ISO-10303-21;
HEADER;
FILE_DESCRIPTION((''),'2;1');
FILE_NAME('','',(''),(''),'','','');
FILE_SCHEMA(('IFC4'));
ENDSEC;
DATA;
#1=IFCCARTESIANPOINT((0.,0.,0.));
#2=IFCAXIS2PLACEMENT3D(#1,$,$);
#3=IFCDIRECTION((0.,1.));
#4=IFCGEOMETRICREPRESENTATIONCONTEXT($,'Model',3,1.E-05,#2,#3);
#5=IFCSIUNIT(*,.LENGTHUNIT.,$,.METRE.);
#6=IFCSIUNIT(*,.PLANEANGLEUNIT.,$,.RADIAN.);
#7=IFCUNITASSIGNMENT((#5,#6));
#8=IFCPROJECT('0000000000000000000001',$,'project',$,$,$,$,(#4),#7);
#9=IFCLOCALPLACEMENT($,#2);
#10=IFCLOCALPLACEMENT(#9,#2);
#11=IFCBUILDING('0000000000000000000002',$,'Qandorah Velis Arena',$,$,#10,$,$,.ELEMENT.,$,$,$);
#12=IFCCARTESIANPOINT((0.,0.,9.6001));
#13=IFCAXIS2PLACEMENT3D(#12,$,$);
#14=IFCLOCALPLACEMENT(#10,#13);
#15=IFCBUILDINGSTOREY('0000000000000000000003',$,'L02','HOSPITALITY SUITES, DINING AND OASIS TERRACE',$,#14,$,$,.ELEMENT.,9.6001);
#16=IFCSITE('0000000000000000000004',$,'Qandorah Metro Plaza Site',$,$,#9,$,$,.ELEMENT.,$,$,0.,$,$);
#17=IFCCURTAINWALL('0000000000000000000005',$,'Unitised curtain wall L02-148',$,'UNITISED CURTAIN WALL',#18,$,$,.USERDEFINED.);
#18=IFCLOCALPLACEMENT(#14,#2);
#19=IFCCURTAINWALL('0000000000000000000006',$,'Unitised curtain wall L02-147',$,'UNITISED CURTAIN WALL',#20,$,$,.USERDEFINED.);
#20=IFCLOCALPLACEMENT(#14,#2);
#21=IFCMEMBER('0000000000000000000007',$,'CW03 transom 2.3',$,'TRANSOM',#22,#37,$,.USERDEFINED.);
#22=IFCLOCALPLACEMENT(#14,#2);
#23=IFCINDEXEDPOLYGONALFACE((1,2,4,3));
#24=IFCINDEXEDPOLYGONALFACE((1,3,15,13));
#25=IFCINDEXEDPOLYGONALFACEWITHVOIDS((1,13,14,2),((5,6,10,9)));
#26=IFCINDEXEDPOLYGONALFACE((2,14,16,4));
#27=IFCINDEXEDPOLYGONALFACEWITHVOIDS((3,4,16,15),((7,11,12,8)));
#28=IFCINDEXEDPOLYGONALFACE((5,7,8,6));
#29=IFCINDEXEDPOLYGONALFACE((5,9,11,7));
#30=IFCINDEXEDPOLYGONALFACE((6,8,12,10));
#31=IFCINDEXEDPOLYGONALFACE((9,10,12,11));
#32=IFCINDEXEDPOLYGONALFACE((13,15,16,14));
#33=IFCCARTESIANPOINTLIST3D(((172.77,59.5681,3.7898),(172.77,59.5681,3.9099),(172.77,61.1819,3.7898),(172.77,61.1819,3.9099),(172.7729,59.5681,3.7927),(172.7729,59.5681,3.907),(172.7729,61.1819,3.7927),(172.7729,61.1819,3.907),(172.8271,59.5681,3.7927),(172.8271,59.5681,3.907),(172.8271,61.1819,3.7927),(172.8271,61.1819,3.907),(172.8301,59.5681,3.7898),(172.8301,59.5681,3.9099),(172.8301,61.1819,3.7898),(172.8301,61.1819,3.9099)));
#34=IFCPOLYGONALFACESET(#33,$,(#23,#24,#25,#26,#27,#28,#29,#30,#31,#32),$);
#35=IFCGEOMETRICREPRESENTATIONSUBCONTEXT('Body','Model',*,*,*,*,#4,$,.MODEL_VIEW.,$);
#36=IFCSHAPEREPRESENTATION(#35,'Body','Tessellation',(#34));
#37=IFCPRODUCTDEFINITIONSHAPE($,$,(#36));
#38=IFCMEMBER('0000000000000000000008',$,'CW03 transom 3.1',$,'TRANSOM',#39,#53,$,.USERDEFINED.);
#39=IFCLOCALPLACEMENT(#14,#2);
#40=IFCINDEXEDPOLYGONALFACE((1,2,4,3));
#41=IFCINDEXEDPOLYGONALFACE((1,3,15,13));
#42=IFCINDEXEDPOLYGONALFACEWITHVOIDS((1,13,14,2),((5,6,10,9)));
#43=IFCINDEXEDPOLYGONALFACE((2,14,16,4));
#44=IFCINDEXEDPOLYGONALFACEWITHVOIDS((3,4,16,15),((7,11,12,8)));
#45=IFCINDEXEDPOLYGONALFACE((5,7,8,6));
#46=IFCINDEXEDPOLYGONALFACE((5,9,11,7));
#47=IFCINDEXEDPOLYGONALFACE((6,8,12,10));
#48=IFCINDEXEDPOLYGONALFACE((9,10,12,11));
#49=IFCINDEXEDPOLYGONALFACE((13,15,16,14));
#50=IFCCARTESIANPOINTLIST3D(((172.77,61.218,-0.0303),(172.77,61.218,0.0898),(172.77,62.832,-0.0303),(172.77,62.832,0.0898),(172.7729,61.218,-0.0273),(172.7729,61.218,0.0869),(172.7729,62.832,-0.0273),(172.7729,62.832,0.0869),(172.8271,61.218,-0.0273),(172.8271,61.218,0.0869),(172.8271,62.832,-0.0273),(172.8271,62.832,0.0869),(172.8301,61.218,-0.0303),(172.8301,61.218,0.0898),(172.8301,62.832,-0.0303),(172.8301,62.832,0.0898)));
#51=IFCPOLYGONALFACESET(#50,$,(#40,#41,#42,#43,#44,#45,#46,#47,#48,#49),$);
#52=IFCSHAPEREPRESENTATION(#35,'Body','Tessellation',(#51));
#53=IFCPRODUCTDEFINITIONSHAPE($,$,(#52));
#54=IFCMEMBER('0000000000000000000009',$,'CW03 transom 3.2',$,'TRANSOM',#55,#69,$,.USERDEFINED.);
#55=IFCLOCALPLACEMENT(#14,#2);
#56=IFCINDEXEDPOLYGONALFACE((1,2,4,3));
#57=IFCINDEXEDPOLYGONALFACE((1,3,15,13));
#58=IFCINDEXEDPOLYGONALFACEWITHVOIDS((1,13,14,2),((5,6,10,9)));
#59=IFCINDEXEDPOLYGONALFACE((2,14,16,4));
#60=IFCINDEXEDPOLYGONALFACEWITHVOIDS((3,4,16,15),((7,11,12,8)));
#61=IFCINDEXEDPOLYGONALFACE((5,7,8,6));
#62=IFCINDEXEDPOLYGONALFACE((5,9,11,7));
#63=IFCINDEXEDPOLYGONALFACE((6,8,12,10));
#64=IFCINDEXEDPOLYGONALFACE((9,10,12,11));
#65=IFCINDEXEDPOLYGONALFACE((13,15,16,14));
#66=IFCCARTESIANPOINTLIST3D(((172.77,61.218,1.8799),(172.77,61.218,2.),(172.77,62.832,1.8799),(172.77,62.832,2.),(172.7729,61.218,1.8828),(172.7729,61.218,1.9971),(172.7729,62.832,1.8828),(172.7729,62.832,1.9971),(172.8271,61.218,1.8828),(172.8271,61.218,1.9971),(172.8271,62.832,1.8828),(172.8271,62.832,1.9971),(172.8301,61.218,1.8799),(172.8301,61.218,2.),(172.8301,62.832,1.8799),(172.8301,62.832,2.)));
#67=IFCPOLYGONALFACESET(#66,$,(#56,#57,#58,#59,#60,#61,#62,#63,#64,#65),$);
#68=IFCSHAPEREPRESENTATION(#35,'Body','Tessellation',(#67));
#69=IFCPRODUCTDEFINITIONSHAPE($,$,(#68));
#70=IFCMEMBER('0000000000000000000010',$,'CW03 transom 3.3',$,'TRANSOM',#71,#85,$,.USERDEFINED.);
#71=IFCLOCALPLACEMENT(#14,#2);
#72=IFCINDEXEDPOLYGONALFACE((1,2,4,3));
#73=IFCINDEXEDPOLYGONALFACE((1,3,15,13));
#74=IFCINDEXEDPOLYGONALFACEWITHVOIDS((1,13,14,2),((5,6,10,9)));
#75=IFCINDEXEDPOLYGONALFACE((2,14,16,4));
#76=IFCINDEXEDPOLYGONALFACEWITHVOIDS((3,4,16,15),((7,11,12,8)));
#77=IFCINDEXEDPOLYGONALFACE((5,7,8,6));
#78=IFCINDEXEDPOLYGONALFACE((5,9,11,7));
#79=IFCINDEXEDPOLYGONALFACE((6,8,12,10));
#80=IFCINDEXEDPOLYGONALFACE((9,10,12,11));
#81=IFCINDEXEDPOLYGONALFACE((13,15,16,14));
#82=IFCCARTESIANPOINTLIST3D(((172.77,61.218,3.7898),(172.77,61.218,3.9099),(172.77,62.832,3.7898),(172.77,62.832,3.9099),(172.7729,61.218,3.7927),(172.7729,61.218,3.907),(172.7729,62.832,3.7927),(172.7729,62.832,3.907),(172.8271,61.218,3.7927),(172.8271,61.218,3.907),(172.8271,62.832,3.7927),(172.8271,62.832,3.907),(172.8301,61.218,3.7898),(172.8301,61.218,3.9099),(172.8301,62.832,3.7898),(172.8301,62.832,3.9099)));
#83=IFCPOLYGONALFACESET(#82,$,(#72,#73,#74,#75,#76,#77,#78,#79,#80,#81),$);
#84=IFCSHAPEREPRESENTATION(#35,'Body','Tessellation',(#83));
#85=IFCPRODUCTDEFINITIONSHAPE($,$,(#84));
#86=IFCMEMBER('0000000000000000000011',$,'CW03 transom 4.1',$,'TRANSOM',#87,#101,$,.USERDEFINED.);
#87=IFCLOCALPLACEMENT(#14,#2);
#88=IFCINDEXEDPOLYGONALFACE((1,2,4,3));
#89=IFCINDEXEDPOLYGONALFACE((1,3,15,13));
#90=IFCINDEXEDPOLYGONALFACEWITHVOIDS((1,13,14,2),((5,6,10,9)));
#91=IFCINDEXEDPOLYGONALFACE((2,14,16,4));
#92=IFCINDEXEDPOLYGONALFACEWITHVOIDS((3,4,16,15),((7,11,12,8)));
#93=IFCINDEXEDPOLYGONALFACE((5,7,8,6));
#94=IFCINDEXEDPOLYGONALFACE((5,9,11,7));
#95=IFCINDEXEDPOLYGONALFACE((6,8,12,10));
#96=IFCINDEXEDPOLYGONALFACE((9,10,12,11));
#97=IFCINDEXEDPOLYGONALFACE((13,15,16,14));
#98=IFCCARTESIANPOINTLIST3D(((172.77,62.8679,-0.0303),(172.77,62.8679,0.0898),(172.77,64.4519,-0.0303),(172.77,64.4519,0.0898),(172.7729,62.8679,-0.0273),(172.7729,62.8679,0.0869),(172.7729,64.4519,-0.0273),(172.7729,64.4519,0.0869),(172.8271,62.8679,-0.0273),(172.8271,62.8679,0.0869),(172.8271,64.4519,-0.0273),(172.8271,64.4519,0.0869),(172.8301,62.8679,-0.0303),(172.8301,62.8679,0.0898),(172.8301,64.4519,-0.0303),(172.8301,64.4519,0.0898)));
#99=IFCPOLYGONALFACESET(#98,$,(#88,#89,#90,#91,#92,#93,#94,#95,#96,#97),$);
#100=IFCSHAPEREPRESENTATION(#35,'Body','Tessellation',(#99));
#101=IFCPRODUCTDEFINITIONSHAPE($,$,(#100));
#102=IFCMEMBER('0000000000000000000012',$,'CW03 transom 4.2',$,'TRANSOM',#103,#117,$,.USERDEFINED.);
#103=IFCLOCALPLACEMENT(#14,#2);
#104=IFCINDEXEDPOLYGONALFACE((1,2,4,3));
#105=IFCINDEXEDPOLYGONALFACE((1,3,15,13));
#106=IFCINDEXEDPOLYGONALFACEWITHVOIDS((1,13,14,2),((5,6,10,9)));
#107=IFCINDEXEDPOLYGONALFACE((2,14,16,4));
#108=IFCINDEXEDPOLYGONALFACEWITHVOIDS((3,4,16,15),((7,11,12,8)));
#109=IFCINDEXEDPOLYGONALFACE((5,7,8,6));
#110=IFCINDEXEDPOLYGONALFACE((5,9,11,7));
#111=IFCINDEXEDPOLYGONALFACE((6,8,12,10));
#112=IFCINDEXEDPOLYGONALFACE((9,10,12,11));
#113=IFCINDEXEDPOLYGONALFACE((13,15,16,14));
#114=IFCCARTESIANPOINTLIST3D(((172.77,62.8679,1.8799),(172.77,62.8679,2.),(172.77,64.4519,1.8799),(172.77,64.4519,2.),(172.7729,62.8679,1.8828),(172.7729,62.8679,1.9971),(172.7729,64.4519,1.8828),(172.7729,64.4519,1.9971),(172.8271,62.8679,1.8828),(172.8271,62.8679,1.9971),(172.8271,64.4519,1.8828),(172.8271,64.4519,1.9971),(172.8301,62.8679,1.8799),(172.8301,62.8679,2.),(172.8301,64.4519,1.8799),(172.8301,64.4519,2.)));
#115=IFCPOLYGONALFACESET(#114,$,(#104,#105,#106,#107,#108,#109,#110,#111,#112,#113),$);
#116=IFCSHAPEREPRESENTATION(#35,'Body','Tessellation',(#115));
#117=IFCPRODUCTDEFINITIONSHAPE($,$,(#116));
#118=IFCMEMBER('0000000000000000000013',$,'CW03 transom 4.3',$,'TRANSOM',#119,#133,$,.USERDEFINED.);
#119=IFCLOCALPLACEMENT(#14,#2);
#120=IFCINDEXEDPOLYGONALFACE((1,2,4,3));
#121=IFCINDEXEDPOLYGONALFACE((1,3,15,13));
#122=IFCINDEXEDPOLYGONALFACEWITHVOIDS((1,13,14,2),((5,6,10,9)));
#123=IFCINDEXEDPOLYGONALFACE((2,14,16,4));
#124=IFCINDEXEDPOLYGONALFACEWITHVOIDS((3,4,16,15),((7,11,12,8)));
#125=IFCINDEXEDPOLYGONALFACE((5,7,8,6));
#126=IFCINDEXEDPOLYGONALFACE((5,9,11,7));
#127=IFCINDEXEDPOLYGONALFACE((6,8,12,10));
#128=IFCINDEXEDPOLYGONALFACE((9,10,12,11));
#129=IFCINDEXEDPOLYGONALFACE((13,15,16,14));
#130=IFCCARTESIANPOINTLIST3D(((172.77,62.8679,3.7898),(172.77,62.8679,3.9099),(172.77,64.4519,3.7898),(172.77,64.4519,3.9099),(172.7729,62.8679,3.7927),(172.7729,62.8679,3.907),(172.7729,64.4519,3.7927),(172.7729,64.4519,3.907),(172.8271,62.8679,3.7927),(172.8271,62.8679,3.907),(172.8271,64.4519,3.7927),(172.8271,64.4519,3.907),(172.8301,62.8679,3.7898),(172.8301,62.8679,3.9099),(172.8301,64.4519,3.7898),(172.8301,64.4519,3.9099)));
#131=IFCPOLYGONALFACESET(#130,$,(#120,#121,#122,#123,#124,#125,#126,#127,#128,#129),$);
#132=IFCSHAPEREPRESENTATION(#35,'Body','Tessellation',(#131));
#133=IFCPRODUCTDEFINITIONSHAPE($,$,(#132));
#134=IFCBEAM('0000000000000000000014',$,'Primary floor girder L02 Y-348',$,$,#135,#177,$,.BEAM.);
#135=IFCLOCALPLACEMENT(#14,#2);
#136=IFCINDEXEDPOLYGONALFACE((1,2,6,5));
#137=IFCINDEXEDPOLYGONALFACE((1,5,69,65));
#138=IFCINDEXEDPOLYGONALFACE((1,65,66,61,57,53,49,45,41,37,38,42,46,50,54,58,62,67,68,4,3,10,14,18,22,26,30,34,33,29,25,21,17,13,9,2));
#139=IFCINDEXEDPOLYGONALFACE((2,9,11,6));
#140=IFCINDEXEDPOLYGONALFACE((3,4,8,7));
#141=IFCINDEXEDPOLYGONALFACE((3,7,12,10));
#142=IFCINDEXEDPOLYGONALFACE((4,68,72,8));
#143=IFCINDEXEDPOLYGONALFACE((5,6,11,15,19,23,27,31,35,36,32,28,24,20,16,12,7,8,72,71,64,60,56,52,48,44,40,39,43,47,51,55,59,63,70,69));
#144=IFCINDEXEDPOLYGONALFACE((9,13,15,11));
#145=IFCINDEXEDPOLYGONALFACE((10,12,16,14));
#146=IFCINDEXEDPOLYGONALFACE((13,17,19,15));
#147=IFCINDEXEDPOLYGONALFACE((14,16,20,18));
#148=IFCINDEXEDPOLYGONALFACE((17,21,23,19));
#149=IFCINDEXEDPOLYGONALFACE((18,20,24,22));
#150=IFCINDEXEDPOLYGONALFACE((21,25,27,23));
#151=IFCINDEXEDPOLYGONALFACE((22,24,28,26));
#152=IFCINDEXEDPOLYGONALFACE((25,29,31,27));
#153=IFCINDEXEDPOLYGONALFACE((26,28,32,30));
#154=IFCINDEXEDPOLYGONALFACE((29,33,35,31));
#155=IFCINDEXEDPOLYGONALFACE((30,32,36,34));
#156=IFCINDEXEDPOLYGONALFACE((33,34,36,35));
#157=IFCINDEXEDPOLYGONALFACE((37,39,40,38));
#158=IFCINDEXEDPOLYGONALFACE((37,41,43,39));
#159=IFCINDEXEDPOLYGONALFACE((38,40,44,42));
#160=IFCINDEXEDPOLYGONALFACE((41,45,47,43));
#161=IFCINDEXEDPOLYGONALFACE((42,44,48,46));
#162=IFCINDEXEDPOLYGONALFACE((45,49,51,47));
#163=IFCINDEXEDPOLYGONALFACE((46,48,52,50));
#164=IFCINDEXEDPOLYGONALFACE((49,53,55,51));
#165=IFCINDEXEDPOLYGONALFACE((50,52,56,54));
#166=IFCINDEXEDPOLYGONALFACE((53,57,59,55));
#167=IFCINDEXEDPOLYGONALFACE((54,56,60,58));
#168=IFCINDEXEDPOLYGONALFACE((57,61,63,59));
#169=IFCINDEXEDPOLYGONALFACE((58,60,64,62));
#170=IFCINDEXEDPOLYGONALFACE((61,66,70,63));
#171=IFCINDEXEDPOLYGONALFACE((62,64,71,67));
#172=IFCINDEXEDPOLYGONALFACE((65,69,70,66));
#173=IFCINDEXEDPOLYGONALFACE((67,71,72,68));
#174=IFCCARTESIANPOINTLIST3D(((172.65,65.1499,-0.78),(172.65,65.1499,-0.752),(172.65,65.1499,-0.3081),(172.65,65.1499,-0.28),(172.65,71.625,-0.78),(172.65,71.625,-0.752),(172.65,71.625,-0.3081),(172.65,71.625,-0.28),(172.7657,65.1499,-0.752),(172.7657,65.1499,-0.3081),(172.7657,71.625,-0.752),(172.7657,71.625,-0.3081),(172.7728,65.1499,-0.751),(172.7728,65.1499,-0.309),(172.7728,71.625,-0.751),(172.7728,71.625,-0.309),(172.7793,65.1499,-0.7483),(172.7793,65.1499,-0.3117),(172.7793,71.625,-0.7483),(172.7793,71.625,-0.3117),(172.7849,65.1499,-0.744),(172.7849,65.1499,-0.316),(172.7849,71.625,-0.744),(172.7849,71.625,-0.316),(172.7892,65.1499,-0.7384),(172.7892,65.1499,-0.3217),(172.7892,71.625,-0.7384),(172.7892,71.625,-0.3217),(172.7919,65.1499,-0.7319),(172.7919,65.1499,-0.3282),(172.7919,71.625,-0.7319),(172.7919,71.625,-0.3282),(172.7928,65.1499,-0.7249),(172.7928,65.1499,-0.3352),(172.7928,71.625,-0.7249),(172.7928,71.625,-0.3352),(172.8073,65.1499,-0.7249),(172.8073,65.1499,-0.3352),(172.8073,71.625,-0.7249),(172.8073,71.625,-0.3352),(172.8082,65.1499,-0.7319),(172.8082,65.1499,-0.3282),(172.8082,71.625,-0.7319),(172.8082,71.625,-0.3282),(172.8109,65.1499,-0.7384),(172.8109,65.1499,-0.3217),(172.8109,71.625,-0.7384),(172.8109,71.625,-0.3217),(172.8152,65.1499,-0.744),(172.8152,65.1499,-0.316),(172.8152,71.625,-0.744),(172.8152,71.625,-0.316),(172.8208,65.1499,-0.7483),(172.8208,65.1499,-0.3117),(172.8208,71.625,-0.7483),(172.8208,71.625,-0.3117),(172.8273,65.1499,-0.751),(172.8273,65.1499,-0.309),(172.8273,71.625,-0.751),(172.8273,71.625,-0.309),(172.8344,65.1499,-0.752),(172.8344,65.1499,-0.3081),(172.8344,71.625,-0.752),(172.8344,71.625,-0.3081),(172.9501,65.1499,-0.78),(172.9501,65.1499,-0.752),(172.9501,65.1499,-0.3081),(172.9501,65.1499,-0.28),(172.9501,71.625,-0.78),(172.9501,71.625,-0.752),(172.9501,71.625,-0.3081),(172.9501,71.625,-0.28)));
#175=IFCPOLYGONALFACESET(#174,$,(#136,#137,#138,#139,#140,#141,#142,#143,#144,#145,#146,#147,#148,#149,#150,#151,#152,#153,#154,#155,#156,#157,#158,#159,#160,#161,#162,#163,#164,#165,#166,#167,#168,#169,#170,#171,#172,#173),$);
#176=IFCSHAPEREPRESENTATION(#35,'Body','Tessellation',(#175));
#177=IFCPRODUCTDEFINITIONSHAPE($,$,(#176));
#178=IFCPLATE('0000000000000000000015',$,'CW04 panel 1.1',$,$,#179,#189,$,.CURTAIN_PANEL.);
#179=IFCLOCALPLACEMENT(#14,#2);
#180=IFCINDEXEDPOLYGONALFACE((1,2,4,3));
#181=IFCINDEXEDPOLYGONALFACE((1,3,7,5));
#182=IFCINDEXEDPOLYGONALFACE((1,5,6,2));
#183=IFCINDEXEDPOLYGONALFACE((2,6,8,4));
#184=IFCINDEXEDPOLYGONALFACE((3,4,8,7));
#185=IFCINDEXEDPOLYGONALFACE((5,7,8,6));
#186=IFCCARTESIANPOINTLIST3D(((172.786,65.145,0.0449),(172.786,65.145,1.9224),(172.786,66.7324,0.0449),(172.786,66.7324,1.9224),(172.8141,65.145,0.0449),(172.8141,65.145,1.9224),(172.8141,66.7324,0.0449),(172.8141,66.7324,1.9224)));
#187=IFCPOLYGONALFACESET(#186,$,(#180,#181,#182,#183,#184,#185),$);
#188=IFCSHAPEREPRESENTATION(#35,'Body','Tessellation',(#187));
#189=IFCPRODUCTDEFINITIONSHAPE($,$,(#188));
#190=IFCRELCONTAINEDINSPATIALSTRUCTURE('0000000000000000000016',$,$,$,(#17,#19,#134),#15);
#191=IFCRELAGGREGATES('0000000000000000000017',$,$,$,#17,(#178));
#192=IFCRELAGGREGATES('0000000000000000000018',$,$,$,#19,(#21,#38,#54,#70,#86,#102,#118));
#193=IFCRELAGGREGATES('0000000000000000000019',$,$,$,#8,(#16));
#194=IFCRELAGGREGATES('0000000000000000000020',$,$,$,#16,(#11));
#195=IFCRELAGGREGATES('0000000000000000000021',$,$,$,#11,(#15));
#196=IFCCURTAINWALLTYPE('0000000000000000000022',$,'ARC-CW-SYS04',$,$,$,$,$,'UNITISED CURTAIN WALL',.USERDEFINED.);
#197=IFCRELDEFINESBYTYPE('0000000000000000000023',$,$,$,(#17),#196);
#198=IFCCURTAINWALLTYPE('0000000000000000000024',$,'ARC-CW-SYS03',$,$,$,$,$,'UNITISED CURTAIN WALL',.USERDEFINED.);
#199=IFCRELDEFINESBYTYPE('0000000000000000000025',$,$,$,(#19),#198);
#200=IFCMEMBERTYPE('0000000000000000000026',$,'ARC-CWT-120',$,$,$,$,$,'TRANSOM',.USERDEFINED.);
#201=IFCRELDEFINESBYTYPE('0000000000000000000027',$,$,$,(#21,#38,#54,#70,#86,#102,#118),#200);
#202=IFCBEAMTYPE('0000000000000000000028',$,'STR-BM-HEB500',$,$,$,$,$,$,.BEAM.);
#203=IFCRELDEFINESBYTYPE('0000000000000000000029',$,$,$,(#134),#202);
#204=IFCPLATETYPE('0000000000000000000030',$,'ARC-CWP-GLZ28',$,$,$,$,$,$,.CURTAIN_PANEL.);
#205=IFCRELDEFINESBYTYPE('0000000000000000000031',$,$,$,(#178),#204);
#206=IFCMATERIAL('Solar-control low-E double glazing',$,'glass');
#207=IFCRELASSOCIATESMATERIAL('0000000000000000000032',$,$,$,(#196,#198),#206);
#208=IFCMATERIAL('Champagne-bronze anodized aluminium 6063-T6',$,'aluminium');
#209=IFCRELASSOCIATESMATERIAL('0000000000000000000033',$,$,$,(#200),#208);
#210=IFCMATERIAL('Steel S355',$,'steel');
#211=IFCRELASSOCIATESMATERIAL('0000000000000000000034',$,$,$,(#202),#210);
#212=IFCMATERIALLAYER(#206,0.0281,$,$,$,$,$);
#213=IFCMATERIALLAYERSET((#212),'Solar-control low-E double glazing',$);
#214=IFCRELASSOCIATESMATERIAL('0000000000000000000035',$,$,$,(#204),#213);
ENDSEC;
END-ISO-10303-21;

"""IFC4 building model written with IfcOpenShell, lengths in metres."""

from ifc_helpers import new_model, si_unit, direction, frame, origin, origin_2d, place, context, subcontext, project, spatial, rectangle, hollow_rectangle, i_section, extrude, material, layer, layer_set, material_profile, profile_set, type_object, element, aggregate, save


model = new_model("IFC4")

# Units and contexts
model_context = context("Model", 3, precision=1e-05, world=origin(), true_north=direction((0.0, 1.0)))
body_context = subcontext(model_context, "Body", "Model", "MODEL_VIEW")
ifc_project = project(units=[si_unit("LENGTHUNIT", "METRE"), si_unit("PLANEANGLEUNIT", "RADIAN")], contexts=[model_context])

# Site, building, storey
site_placement = place(None, origin())
site = spatial("IfcSite", under=ifc_project, at=site_placement, Name="Qandorah Metro Plaza Site", CompositionType="ELEMENT", RefElevation=0.0)
building_placement = place(site_placement, origin())
building = spatial("IfcBuilding", under=site, at=building_placement, Name="Qandorah Velis Arena", CompositionType="ELEMENT")
storey_placement = place(building_placement, frame((0.0, 0.0, 9.6001)))
storey = spatial("IfcBuildingStorey", under=building, at=storey_placement, Name="L02", Description="HOSPITALITY SUITES, DINING AND OASIS TERRACE", CompositionType="ELEMENT", Elevation=9.6001)

# Curtain wall
ifc_material_1 = material(Name="Solar-control low-E double glazing", Category="glass")
curtain_wall_type_1 = type_object("IfcCurtainWallType", Name="ARC-CW-SYS04", ElementType="UNITISED CURTAIN WALL", PredefinedType="USERDEFINED", material=ifc_material_1)
curtain_wall_1_placement = place(storey_placement, origin())
curtain_wall_1 = element("IfcCurtainWall", 1, at=curtain_wall_1_placement, inside=storey, type_object=curtain_wall_type_1, Name="Unitised curtain wall L02-148", ObjectType="UNITISED CURTAIN WALL", PredefinedType="USERDEFINED")
ifc_material_2 = material(Name="Champagne-bronze anodized aluminium 6063-T6", Category="aluminium")

# Curtain wall
curtain_wall_type_2 = type_object("IfcCurtainWallType", Name="ARC-CW-SYS03", ElementType="UNITISED CURTAIN WALL", PredefinedType="USERDEFINED", material=ifc_material_1)
curtain_wall_2_placement = place(storey_placement, origin())
curtain_wall_2 = element("IfcCurtainWall", 2, at=curtain_wall_2_placement, inside=storey, type_object=curtain_wall_type_2, Name="Unitised curtain wall L02-147", ObjectType="UNITISED CURTAIN WALL", PredefinedType="USERDEFINED")

# Members
ifc_material_profile_1 = material_profile(ifc_material_2, hollow_rectangle(XDim=0.0601, YDim=0.1201, WallThickness=0.0029, at=origin_2d()), Name="ALU TRANSOM 60x120")
ifc_profile_set_1 = profile_set([ifc_material_profile_1], Name="Champagne-bronze anodized aluminium 6063-T6")
member_type_1 = type_object("IfcMemberType", Name="ARC-CWT-120", ElementType="TRANSOM", PredefinedType="USERDEFINED", material=ifc_profile_set_1)
member_1_placement = place(storey_placement, frame((172.8, 59.5681, 3.8499), z_axis=(0.0, 1.0, 0.0), x_axis=(-1.0, 0.0, 0.0)))
member_1 = element("IfcMember", 3, at=member_1_placement, type_object=member_type_1, Name="CW03 transom 2.3", ObjectType="TRANSOM", PredefinedType="USERDEFINED", context=body_context, shape_type="SweptSolid", body=[
    extrude(hollow_rectangle(XDim=0.0601, YDim=0.1201, WallThickness=0.0029, at=origin_2d()), origin(), (0.0, 0.0, 1.0), 1.6138),
])
member_2_placement = place(storey_placement, frame((172.8, 61.218, 0.0298), z_axis=(0.0, 1.0, 0.0), x_axis=(-1.0, 0.0, 0.0)))
member_2 = element("IfcMember", 4, at=member_2_placement, type_object=member_type_1, Name="CW03 transom 3.1", ObjectType="TRANSOM", PredefinedType="USERDEFINED", context=body_context, shape_type="SweptSolid", body=[
    extrude(hollow_rectangle(XDim=0.0601, YDim=0.1201, WallThickness=0.0029, at=origin_2d()), origin(), (0.0, 0.0, 1.0), 1.614),
])
member_3_placement = place(storey_placement, frame((172.8, 61.218, 1.9399), z_axis=(0.0, 1.0, 0.0), x_axis=(-1.0, 0.0, 0.0)))
member_3 = element("IfcMember", 5, at=member_3_placement, type_object=member_type_1, Name="CW03 transom 3.2", ObjectType="TRANSOM", PredefinedType="USERDEFINED", context=body_context, shape_type="SweptSolid", body=[
    extrude(hollow_rectangle(XDim=0.0601, YDim=0.1201, WallThickness=0.0029, at=origin_2d()), origin(), (0.0, 0.0, 1.0), 1.614),
])
member_4_placement = place(storey_placement, frame((172.8, 61.218, 3.8499), z_axis=(0.0, 1.0, 0.0), x_axis=(-1.0, 0.0, 0.0)))
member_4 = element("IfcMember", 6, at=member_4_placement, type_object=member_type_1, Name="CW03 transom 3.3", ObjectType="TRANSOM", PredefinedType="USERDEFINED", context=body_context, shape_type="SweptSolid", body=[
    extrude(hollow_rectangle(XDim=0.0601, YDim=0.1201, WallThickness=0.0029, at=origin_2d()), origin(), (0.0, 0.0, 1.0), 1.614),
])
member_5_placement = place(storey_placement, frame((172.8, 62.8679, 0.0298), z_axis=(0.0, 1.0, 0.0), x_axis=(-1.0, 0.0, 0.0)))
member_5 = element("IfcMember", 7, at=member_5_placement, type_object=member_type_1, Name="CW03 transom 4.1", ObjectType="TRANSOM", PredefinedType="USERDEFINED", context=body_context, shape_type="SweptSolid", body=[
    extrude(hollow_rectangle(XDim=0.0601, YDim=0.1201, WallThickness=0.0029, at=origin_2d()), origin(), (0.0, 0.0, 1.0), 1.584),
])
member_6_placement = place(storey_placement, frame((172.8, 62.8679, 1.9399), z_axis=(0.0, 1.0, 0.0), x_axis=(-1.0, 0.0, 0.0)))
member_6 = element("IfcMember", 8, at=member_6_placement, type_object=member_type_1, Name="CW03 transom 4.2", ObjectType="TRANSOM", PredefinedType="USERDEFINED", context=body_context, shape_type="SweptSolid", body=[
    extrude(hollow_rectangle(XDim=0.0601, YDim=0.1201, WallThickness=0.0029, at=origin_2d()), origin(), (0.0, 0.0, 1.0), 1.584),
])
member_7_placement = place(storey_placement, frame((172.8, 62.8679, 3.8499), z_axis=(0.0, 1.0, 0.0), x_axis=(-1.0, 0.0, 0.0)))
member_7 = element("IfcMember", 9, at=member_7_placement, type_object=member_type_1, Name="CW03 transom 4.3", ObjectType="TRANSOM", PredefinedType="USERDEFINED", context=body_context, shape_type="SweptSolid", body=[
    extrude(hollow_rectangle(XDim=0.0601, YDim=0.1201, WallThickness=0.0029, at=origin_2d()), origin(), (0.0, 0.0, 1.0), 1.584),
])

# Beam
ifc_material_3 = material(Name="Steel S355", Category="steel")
ifc_material_profile_2 = material_profile(ifc_material_3, i_section(OverallWidth=0.3, OverallDepth=0.5, WebThickness=0.0144, FlangeThickness=0.0281, FilletRadius=0.0271, at=origin_2d()), Name="HEB 500")
ifc_profile_set_2 = profile_set([ifc_material_profile_2], Name="Steel S355")
beam_type = type_object("IfcBeamType", Name="STR-BM-HEB500", PredefinedType="BEAM", material=ifc_profile_set_2)
beam_placement = place(storey_placement, frame((172.8, 65.1499, -0.53), z_axis=(0.0, 1.0, 0.0), x_axis=(-1.0, 0.0, 0.0)))
element("IfcBeam", 10, at=beam_placement, inside=storey, type_object=beam_type, Name="Primary floor girder L02 Y-348", PredefinedType="BEAM", context=body_context, shape_type="SweptSolid", body=[
    extrude(i_section(OverallWidth=0.3, OverallDepth=0.5, WebThickness=0.0144, FlangeThickness=0.0281, FilletRadius=0.0271, at=origin_2d()), origin(), (0.0, 0.0, 1.0), 6.4751),
])

# Plate
ifc_layer_1 = layer(ifc_material_1, 0.0281)
ifc_layer_set_1 = layer_set([ifc_layer_1], Name="Solar-control low-E double glazing")
plate_type_1 = type_object("IfcPlateType", Name="ARC-CWP-GLZ28", PredefinedType="CURTAIN_PANEL", material=ifc_layer_set_1)
plate_1_placement = place(storey_placement, frame((172.8, 65.9387, 0.0449), z_axis=(0.0, 0.0, 1.0), x_axis=(0.0, 1.0, 0.0)))
plate_1 = element("IfcPlate", 11, at=plate_1_placement, type_object=plate_type_1, Name="CW04 panel 1.1", PredefinedType="CURTAIN_PANEL", context=body_context, shape_type="SweptSolid", body=[
    extrude(rectangle(XDim=1.5874, YDim=0.0281, at=origin_2d()), origin(), (0.0, 0.0, 1.0), 1.8774),
])
aggregate(curtain_wall_1, [plate_1])
aggregate(curtain_wall_2, [member_1, member_2, member_3, member_4, member_5, member_6, member_7])

save(model, "model.ifc")
